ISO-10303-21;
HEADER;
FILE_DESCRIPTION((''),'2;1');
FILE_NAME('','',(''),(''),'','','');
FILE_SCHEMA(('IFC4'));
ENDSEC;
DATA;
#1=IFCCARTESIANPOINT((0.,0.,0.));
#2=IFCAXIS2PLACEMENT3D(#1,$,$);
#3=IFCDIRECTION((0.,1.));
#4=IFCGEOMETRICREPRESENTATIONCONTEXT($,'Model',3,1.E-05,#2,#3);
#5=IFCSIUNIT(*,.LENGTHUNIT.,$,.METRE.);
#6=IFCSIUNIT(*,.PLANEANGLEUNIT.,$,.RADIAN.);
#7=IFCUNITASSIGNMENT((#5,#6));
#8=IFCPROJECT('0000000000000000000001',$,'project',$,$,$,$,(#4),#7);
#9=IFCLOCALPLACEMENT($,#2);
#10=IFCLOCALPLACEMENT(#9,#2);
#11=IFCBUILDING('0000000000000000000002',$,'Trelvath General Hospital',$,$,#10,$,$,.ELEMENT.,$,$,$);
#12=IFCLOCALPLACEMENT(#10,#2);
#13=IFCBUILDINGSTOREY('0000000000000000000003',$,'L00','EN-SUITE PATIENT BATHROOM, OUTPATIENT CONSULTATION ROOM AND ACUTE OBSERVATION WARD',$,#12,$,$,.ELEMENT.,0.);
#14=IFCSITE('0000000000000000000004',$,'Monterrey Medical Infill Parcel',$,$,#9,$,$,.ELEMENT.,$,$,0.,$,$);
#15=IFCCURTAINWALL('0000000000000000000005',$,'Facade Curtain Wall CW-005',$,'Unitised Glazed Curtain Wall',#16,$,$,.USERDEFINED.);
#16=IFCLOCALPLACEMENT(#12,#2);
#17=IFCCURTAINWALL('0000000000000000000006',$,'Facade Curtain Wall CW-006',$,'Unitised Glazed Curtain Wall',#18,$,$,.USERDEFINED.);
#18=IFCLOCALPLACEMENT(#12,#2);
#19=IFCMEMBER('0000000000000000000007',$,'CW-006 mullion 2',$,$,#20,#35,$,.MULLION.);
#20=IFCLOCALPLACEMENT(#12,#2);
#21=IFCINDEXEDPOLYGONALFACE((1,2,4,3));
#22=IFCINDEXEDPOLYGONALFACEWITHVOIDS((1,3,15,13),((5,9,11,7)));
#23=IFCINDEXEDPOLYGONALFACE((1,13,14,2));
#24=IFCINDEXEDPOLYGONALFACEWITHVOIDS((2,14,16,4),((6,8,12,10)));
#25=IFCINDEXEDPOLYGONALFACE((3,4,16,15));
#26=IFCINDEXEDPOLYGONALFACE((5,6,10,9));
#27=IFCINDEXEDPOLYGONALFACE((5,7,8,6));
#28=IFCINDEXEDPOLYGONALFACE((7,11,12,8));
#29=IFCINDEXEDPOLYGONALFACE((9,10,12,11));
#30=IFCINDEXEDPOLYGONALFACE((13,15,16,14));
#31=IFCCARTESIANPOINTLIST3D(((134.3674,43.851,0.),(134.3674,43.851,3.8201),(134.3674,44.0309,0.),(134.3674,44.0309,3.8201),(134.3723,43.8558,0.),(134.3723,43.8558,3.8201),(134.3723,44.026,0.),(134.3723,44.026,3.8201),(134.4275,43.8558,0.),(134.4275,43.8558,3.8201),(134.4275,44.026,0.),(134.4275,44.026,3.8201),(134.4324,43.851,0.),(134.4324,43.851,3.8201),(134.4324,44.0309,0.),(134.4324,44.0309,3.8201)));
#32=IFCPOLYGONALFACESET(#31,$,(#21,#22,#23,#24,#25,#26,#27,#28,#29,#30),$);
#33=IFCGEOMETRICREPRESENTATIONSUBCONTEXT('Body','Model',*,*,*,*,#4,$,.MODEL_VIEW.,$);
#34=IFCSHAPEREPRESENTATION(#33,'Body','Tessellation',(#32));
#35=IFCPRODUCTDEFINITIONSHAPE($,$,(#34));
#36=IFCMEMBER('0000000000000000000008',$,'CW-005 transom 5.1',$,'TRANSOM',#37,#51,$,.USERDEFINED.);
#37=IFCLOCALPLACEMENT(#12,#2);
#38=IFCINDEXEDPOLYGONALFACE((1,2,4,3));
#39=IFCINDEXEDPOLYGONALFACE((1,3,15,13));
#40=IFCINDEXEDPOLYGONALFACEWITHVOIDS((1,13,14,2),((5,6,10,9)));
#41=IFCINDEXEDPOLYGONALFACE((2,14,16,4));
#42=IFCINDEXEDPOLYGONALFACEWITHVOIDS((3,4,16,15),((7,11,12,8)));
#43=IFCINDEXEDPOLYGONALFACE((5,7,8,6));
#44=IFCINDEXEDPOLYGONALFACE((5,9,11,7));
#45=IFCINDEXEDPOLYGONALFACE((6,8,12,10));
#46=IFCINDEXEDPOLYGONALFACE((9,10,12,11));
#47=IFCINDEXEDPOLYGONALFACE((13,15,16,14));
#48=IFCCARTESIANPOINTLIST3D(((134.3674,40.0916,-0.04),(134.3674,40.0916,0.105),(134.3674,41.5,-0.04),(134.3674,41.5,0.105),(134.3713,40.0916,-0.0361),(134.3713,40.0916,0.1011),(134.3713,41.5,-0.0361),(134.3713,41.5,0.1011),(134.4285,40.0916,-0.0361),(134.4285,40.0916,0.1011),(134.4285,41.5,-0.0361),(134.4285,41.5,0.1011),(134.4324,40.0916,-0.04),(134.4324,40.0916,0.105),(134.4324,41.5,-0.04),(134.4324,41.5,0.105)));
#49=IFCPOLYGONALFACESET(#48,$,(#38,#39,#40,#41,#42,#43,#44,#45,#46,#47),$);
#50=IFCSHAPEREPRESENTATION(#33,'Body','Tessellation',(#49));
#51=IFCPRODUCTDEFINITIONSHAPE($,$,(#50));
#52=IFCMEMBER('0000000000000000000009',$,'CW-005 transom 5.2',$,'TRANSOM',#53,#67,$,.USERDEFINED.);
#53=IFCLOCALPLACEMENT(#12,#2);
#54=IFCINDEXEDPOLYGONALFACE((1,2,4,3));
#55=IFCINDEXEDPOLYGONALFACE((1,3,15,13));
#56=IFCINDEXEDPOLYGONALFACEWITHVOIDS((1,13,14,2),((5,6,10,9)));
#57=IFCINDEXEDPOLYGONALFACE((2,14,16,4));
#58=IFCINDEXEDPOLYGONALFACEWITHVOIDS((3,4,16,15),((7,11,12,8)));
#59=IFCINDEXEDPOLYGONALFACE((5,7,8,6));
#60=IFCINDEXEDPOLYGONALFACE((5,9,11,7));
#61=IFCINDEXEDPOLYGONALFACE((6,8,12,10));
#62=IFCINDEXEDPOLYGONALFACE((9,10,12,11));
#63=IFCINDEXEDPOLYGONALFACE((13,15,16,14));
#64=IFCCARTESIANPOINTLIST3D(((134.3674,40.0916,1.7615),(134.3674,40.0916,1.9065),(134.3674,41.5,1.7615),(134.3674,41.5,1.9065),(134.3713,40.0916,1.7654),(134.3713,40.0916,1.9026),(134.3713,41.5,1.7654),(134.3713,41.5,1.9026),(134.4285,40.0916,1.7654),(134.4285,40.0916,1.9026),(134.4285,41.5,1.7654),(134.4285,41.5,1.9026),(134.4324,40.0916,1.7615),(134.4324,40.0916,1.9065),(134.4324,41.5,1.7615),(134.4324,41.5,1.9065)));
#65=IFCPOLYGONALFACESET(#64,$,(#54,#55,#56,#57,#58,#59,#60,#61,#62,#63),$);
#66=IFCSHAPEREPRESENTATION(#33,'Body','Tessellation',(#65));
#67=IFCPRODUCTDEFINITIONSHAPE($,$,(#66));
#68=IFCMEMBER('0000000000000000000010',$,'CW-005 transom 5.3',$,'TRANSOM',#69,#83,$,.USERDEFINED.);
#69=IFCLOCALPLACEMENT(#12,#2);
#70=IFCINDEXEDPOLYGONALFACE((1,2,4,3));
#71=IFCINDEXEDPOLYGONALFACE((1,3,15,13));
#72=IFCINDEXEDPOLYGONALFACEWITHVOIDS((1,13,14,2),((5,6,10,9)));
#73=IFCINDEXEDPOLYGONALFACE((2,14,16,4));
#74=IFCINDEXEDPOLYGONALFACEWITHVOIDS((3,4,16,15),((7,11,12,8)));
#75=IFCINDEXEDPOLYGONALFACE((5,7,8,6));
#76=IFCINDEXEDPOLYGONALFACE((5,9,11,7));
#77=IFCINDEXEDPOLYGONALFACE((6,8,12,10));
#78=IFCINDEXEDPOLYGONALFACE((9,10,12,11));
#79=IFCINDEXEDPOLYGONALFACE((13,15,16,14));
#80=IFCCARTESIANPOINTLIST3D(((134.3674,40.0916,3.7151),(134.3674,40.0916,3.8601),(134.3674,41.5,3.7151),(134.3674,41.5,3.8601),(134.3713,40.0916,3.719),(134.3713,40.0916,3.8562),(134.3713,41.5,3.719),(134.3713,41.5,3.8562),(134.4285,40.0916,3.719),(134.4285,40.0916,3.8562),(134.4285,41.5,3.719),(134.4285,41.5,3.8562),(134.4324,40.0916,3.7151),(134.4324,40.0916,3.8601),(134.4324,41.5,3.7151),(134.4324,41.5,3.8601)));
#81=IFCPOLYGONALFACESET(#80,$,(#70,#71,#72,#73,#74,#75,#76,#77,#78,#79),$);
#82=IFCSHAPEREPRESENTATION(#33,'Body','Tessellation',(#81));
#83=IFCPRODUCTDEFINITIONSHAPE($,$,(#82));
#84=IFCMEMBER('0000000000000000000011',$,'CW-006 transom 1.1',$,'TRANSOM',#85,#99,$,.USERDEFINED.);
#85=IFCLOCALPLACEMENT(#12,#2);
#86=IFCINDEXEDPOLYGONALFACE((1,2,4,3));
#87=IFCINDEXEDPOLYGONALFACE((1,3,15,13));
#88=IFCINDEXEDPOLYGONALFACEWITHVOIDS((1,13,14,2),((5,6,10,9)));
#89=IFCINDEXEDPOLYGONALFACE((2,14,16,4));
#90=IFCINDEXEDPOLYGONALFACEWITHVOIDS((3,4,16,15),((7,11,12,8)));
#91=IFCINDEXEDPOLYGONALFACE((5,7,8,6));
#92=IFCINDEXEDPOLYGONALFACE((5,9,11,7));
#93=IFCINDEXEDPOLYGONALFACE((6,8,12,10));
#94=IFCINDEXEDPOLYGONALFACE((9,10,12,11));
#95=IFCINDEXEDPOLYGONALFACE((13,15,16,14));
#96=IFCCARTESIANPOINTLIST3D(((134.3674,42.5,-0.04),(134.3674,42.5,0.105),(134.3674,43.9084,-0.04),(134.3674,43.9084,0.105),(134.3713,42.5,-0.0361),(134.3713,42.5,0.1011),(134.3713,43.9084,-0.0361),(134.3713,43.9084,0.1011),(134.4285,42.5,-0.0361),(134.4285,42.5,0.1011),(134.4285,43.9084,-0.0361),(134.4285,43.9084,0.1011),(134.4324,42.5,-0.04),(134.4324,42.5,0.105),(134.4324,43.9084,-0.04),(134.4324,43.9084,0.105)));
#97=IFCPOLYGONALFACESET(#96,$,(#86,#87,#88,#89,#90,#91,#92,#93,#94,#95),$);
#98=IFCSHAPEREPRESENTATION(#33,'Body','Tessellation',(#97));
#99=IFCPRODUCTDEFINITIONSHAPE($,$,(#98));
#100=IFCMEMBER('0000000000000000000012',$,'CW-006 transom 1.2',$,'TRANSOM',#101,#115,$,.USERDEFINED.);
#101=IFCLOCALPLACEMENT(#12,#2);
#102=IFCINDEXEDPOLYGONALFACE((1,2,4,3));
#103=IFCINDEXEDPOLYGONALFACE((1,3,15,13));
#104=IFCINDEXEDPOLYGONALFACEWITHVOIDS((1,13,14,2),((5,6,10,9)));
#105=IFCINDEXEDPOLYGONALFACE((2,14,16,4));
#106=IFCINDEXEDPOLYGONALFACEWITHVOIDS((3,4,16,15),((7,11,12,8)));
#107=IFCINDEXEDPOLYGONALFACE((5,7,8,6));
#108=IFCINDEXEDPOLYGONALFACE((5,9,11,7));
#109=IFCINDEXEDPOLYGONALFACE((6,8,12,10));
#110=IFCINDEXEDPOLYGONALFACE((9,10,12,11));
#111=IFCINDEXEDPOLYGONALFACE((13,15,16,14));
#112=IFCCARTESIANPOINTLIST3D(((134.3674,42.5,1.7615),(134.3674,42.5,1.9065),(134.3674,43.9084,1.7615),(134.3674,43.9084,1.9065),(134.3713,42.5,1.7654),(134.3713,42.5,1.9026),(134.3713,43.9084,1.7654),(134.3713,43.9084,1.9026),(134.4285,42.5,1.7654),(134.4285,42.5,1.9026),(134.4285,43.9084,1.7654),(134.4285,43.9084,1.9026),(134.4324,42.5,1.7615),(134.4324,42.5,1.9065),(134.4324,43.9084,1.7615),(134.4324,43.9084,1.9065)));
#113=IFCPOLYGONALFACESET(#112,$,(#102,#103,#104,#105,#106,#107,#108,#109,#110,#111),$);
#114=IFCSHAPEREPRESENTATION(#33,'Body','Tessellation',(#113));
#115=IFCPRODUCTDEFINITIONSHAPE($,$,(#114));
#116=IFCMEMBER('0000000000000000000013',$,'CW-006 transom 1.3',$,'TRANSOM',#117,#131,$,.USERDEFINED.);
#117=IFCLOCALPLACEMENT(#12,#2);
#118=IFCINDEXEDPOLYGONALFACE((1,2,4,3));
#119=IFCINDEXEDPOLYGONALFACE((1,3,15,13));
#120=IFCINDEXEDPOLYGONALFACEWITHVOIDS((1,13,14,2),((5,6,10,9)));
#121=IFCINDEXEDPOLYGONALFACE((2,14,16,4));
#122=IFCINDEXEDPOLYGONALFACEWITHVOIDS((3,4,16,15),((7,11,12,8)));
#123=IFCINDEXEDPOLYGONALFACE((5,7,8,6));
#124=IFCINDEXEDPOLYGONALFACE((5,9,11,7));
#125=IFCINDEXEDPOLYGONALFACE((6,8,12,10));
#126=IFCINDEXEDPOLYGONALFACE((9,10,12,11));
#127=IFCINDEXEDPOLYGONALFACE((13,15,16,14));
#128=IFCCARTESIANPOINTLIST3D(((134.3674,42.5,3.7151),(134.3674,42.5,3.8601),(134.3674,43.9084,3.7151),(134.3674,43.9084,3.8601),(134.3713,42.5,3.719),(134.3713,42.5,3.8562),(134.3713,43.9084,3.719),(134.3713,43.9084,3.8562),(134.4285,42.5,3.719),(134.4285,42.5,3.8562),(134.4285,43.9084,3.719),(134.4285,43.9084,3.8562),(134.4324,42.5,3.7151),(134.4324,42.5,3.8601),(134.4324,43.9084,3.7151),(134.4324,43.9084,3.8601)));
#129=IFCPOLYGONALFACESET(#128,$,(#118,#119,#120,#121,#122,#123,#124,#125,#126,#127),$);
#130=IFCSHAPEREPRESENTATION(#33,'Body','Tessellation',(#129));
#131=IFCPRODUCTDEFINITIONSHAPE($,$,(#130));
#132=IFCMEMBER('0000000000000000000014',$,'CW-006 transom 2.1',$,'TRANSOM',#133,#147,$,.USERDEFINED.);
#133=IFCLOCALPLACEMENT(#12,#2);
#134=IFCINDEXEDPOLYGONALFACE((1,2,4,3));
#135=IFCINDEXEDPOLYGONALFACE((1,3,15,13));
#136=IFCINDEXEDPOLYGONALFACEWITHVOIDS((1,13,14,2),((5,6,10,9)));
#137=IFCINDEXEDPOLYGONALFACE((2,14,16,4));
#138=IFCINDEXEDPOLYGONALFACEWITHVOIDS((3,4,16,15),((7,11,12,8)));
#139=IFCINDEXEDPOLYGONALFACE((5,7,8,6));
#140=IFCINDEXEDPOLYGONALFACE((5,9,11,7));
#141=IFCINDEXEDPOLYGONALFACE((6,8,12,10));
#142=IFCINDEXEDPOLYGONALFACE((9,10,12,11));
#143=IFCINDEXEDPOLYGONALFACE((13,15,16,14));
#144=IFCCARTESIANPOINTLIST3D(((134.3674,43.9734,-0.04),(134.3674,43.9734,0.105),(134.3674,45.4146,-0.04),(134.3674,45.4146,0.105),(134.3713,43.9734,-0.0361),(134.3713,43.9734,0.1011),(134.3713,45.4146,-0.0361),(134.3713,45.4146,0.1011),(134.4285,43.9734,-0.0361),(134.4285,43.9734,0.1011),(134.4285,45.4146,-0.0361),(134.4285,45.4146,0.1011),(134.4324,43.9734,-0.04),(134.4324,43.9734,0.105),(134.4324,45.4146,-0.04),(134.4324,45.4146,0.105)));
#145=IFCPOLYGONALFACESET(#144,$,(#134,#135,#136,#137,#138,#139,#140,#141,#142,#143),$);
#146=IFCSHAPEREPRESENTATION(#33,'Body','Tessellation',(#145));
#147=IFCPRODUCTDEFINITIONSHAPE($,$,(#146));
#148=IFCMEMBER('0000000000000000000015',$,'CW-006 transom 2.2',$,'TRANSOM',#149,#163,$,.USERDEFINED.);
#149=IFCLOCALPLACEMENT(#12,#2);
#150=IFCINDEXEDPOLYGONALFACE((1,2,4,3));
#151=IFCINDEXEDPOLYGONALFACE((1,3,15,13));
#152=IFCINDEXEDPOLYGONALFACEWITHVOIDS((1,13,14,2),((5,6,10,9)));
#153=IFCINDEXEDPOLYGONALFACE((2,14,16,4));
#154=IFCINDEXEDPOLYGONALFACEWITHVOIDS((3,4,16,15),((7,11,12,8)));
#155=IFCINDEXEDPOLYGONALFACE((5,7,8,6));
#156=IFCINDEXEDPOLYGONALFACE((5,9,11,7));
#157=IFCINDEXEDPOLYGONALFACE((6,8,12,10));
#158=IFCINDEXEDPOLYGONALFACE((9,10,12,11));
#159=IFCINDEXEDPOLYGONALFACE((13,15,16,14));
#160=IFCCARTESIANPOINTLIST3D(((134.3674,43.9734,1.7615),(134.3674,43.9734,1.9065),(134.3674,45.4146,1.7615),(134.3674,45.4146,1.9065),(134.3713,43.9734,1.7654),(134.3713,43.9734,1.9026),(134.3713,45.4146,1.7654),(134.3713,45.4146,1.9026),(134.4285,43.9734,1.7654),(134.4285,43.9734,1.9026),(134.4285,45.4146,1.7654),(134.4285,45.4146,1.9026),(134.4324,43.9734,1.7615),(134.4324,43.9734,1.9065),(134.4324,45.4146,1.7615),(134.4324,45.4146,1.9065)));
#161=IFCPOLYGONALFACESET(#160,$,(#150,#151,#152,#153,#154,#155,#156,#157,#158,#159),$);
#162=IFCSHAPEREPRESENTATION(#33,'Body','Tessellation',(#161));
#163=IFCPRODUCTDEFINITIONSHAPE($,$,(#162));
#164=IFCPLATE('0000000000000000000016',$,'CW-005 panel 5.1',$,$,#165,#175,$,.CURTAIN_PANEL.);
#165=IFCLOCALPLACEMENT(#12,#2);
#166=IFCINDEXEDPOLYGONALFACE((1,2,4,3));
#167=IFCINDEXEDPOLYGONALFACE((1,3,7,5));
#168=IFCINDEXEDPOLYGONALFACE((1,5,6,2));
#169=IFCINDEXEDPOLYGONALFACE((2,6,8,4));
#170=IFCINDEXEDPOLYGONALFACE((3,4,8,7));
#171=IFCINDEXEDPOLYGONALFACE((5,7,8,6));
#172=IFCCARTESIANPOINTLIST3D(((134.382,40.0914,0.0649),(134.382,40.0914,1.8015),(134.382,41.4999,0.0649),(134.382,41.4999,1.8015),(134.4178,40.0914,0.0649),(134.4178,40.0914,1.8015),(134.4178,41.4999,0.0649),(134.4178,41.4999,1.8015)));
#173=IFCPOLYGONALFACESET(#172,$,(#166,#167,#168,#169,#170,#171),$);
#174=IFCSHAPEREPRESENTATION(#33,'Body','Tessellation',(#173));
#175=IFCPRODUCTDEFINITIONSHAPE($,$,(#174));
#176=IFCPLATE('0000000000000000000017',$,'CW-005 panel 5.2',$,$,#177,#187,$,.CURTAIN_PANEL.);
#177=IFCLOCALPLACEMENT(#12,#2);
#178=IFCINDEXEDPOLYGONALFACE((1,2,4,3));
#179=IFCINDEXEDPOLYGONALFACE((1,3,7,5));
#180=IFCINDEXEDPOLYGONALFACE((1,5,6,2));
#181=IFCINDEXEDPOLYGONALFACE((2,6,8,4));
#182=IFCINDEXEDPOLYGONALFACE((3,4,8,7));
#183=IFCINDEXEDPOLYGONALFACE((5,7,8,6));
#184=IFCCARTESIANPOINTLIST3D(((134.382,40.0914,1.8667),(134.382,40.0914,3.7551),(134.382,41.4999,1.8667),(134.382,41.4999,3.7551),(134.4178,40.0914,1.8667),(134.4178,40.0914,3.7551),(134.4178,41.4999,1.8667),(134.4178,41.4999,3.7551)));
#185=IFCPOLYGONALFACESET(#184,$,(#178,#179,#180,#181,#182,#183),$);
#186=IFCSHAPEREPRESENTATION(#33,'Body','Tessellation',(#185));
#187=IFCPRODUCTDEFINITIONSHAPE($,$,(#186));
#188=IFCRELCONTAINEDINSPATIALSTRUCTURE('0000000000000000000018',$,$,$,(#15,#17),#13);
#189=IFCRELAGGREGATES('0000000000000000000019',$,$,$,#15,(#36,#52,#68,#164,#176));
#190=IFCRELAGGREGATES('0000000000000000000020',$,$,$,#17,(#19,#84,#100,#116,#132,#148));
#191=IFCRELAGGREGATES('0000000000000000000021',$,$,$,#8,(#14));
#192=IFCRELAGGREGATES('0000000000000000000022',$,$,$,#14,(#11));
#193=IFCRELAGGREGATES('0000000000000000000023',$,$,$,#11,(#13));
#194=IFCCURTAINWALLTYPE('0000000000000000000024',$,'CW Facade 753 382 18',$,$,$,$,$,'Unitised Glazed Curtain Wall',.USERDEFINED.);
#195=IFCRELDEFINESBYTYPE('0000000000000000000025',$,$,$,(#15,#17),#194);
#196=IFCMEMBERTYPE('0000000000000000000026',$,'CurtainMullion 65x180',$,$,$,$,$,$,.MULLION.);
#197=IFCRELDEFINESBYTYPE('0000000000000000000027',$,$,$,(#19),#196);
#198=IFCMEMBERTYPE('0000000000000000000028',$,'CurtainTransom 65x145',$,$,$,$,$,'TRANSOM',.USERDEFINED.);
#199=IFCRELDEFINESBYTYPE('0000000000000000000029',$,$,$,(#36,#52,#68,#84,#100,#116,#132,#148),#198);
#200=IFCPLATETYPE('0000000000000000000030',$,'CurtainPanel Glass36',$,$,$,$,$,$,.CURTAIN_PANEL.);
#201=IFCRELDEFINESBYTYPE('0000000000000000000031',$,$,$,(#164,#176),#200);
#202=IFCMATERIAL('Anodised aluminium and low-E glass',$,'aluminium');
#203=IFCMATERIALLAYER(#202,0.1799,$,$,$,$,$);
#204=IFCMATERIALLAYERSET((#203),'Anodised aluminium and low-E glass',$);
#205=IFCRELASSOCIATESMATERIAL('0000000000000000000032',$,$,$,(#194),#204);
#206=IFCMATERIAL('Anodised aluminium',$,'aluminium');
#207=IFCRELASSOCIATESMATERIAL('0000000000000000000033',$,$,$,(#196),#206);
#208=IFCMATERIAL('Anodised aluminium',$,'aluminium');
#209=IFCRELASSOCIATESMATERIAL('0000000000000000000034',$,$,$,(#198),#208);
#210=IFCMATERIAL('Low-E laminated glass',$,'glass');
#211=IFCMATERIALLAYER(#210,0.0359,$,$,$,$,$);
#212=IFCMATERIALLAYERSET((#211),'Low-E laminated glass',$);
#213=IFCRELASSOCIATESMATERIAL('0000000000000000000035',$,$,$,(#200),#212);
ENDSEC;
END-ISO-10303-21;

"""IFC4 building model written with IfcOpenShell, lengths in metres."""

from ifc_helpers import new_model, si_unit, direction, frame, origin, origin_2d, place, context, subcontext, project, spatial, rectangle, hollow_rectangle, extrude, material, layer, layer_set, material_profile, profile_set, type_object, element, aggregate, save


model = new_model("IFC4")

# Units and contexts
model_context = context("Model", 3, precision=1e-05, world=origin(), true_north=direction((0.0, 1.0)))
body_context = subcontext(model_context, "Body", "Model", "MODEL_VIEW")
ifc_project = project(units=[si_unit("LENGTHUNIT", "METRE"), si_unit("PLANEANGLEUNIT", "RADIAN")], contexts=[model_context])

# Site, building, storey
site_placement = place(None, origin())
site = spatial("IfcSite", under=ifc_project, at=site_placement, Name="Monterrey Medical Infill Parcel", CompositionType="ELEMENT", RefElevation=0.0)
building_placement = place(site_placement, origin())
building = spatial("IfcBuilding", under=site, at=building_placement, Name="Trelvath General Hospital", CompositionType="ELEMENT")
storey_placement = place(building_placement, origin())
storey = spatial("IfcBuildingStorey", under=building, at=storey_placement, Name="L00", Description="EN-SUITE PATIENT BATHROOM, OUTPATIENT CONSULTATION ROOM AND ACUTE OBSERVATION WARD", CompositionType="ELEMENT", Elevation=0.0)

# Curtain walls, member
ifc_material_1 = material(Name="Anodised aluminium and low-E glass", Category="aluminium")
ifc_layer_1 = layer(ifc_material_1, 0.1799)
ifc_layer_set_1 = layer_set([ifc_layer_1], Name="Anodised aluminium and low-E glass")
curtain_wall_type = type_object("IfcCurtainWallType", Name="CW Facade 753 382 18", ElementType="Unitised Glazed Curtain Wall", PredefinedType="USERDEFINED", material=ifc_layer_set_1)
curtain_wall_1_placement = place(storey_placement, origin())
curtain_wall_1 = element("IfcCurtainWall", 1, at=curtain_wall_1_placement, inside=storey, type_object=curtain_wall_type, Name="Facade Curtain Wall CW-005", ObjectType="Unitised Glazed Curtain Wall", PredefinedType="USERDEFINED")
ifc_material_2 = material(Name="Anodised aluminium", Category="aluminium")
ifc_material_profile_1 = material_profile(ifc_material_2, hollow_rectangle(XDim=0.0649, YDim=0.1799, WallThickness=0.0049, at=origin_2d()), Name="RHS65x180x5")
ifc_profile_set_1 = profile_set([ifc_material_profile_1], Name="Anodised aluminium")
member_type_1 = type_object("IfcMemberType", Name="CurtainMullion 65x180", PredefinedType="MULLION", material=ifc_profile_set_1)
curtain_wall_2_placement = place(storey_placement, origin())
curtain_wall_2 = element("IfcCurtainWall", 2, at=curtain_wall_2_placement, inside=storey, type_object=curtain_wall_type, Name="Facade Curtain Wall CW-006", ObjectType="Unitised Glazed Curtain Wall", PredefinedType="USERDEFINED")
member_1_placement = place(storey_placement, frame((134.3999, 43.9409, 0.0), z_axis=(0.0, 0.0, 1.0), x_axis=(-1.0, 0.0, 0.0)))
member_1 = element("IfcMember", 3, at=member_1_placement, type_object=member_type_1, Name="CW-006 mullion 2", PredefinedType="MULLION", context=body_context, shape_type="SweptSolid", body=[
    extrude(hollow_rectangle(XDim=0.0649, YDim=0.1799, WallThickness=0.0049, at=origin_2d()), origin(), (0.0, 0.0, 1.0), 3.8201),
])

# Members
ifc_material_3 = material(Name="Anodised aluminium", Category="aluminium")
ifc_material_profile_2 = material_profile(ifc_material_3, hollow_rectangle(XDim=0.0649, YDim=0.145, WallThickness=0.0039, at=origin_2d()), Name="RHS65x145x4")
ifc_profile_set_2 = profile_set([ifc_material_profile_2], Name="Anodised aluminium")
member_type_2 = type_object("IfcMemberType", Name="CurtainTransom 65x145", ElementType="TRANSOM", PredefinedType="USERDEFINED", material=ifc_profile_set_2)
member_2_placement = place(storey_placement, frame((134.3999, 40.0916, 0.0325), z_axis=(0.0, 1.0, 0.0), x_axis=(-1.0, 0.0, 0.0)))
member_2 = element("IfcMember", 4, at=member_2_placement, type_object=member_type_2, Name="CW-005 transom 5.1", ObjectType="TRANSOM", PredefinedType="USERDEFINED", context=body_context, shape_type="SweptSolid", body=[
    extrude(hollow_rectangle(XDim=0.0649, YDim=0.145, WallThickness=0.0039, at=origin_2d()), origin(), (0.0, 0.0, 1.0), 1.4084),
])
member_3_placement = place(storey_placement, frame((134.3999, 40.0916, 1.834), z_axis=(0.0, 1.0, 0.0), x_axis=(-1.0, 0.0, 0.0)))
member_3 = element("IfcMember", 5, at=member_3_placement, type_object=member_type_2, Name="CW-005 transom 5.2", ObjectType="TRANSOM", PredefinedType="USERDEFINED", context=body_context, shape_type="SweptSolid", body=[
    extrude(hollow_rectangle(XDim=0.0649, YDim=0.145, WallThickness=0.0039, at=origin_2d()), origin(), (0.0, 0.0, 1.0), 1.4084),
])
member_4_placement = place(storey_placement, frame((134.3999, 40.0916, 3.7876), z_axis=(0.0, 1.0, 0.0), x_axis=(-1.0, 0.0, 0.0)))
member_4 = element("IfcMember", 6, at=member_4_placement, type_object=member_type_2, Name="CW-005 transom 5.3", ObjectType="TRANSOM", PredefinedType="USERDEFINED", context=body_context, shape_type="SweptSolid", body=[
    extrude(hollow_rectangle(XDim=0.0649, YDim=0.145, WallThickness=0.0039, at=origin_2d()), origin(), (0.0, 0.0, 1.0), 1.4084),
])
member_5_placement = place(storey_placement, frame((134.3999, 42.5, 0.0325), z_axis=(0.0, 1.0, 0.0), x_axis=(-1.0, 0.0, 0.0)))
member_5 = element("IfcMember", 7, at=member_5_placement, type_object=member_type_2, Name="CW-006 transom 1.1", ObjectType="TRANSOM", PredefinedType="USERDEFINED", context=body_context, shape_type="SweptSolid", body=[
    extrude(hollow_rectangle(XDim=0.0649, YDim=0.145, WallThickness=0.0039, at=origin_2d()), origin(), (0.0, 0.0, 1.0), 1.4084),
])
member_6_placement = place(storey_placement, frame((134.3999, 42.5, 1.834), z_axis=(0.0, 1.0, 0.0), x_axis=(-1.0, 0.0, 0.0)))
member_6 = element("IfcMember", 8, at=member_6_placement, type_object=member_type_2, Name="CW-006 transom 1.2", ObjectType="TRANSOM", PredefinedType="USERDEFINED", context=body_context, shape_type="SweptSolid", body=[
    extrude(hollow_rectangle(XDim=0.0649, YDim=0.145, WallThickness=0.0039, at=origin_2d()), origin(), (0.0, 0.0, 1.0), 1.4084),
])
member_7_placement = place(storey_placement, frame((134.3999, 42.5, 3.7876), z_axis=(0.0, 1.0, 0.0), x_axis=(-1.0, 0.0, 0.0)))
member_7 = element("IfcMember", 9, at=member_7_placement, type_object=member_type_2, Name="CW-006 transom 1.3", ObjectType="TRANSOM", PredefinedType="USERDEFINED", context=body_context, shape_type="SweptSolid", body=[
    extrude(hollow_rectangle(XDim=0.0649, YDim=0.145, WallThickness=0.0039, at=origin_2d()), origin(), (0.0, 0.0, 1.0), 1.4084),
])
member_8_placement = place(storey_placement, frame((134.3999, 43.9734, 0.0325), z_axis=(0.0, 1.0, 0.0), x_axis=(-1.0, 0.0, 0.0)))
member_8 = element("IfcMember", 10, at=member_8_placement, type_object=member_type_2, Name="CW-006 transom 2.1", ObjectType="TRANSOM", PredefinedType="USERDEFINED", context=body_context, shape_type="SweptSolid", body=[
    extrude(hollow_rectangle(XDim=0.0649, YDim=0.145, WallThickness=0.0039, at=origin_2d()), origin(), (0.0, 0.0, 1.0), 1.4412),
])
member_9_placement = place(storey_placement, frame((134.3999, 43.9734, 1.834), z_axis=(0.0, 1.0, 0.0), x_axis=(-1.0, 0.0, 0.0)))
member_9 = element("IfcMember", 11, at=member_9_placement, type_object=member_type_2, Name="CW-006 transom 2.2", ObjectType="TRANSOM", PredefinedType="USERDEFINED", context=body_context, shape_type="SweptSolid", body=[
    extrude(hollow_rectangle(XDim=0.0649, YDim=0.145, WallThickness=0.0039, at=origin_2d()), origin(), (0.0, 0.0, 1.0), 1.4412),
])

# Plates
ifc_material_4 = material(Name="Low-E laminated glass", Category="glass")
ifc_layer_2 = layer(ifc_material_4, 0.0359)
ifc_layer_set_2 = layer_set([ifc_layer_2], Name="Low-E laminated glass")
plate_type = type_object("IfcPlateType", Name="CurtainPanel Glass36", PredefinedType="CURTAIN_PANEL", material=ifc_layer_set_2)
plate_1_placement = place(storey_placement, frame((134.3999, 40.7957, 0.0649), z_axis=(0.0, 0.0, 1.0), x_axis=(0.0, 1.0, 0.0)))
plate_1 = element("IfcPlate", 12, at=plate_1_placement, type_object=plate_type, Name="CW-005 panel 5.1", PredefinedType="CURTAIN_PANEL", context=body_context, shape_type="SweptSolid", body=[
    extrude(rectangle(XDim=1.4084, YDim=0.0359, at=origin_2d()), origin(), (0.0, 0.0, 1.0), 1.7366),
])
plate_2_placement = place(storey_placement, frame((134.3999, 40.7957, 1.8667), z_axis=(0.0, 0.0, 1.0), x_axis=(0.0, 1.0, 0.0)))
plate_2 = element("IfcPlate", 13, at=plate_2_placement, type_object=plate_type, Name="CW-005 panel 5.2", PredefinedType="CURTAIN_PANEL", context=body_context, shape_type="SweptSolid", body=[
    extrude(rectangle(XDim=1.4084, YDim=0.0359, at=origin_2d()), origin(), (0.0, 0.0, 1.0), 1.8884),
])
aggregate(curtain_wall_1, [member_2, member_3, member_4, plate_1, plate_2])
aggregate(curtain_wall_2, [member_1, member_5, member_6, member_7, member_8, member_9])

save(model, "model.ifc")
